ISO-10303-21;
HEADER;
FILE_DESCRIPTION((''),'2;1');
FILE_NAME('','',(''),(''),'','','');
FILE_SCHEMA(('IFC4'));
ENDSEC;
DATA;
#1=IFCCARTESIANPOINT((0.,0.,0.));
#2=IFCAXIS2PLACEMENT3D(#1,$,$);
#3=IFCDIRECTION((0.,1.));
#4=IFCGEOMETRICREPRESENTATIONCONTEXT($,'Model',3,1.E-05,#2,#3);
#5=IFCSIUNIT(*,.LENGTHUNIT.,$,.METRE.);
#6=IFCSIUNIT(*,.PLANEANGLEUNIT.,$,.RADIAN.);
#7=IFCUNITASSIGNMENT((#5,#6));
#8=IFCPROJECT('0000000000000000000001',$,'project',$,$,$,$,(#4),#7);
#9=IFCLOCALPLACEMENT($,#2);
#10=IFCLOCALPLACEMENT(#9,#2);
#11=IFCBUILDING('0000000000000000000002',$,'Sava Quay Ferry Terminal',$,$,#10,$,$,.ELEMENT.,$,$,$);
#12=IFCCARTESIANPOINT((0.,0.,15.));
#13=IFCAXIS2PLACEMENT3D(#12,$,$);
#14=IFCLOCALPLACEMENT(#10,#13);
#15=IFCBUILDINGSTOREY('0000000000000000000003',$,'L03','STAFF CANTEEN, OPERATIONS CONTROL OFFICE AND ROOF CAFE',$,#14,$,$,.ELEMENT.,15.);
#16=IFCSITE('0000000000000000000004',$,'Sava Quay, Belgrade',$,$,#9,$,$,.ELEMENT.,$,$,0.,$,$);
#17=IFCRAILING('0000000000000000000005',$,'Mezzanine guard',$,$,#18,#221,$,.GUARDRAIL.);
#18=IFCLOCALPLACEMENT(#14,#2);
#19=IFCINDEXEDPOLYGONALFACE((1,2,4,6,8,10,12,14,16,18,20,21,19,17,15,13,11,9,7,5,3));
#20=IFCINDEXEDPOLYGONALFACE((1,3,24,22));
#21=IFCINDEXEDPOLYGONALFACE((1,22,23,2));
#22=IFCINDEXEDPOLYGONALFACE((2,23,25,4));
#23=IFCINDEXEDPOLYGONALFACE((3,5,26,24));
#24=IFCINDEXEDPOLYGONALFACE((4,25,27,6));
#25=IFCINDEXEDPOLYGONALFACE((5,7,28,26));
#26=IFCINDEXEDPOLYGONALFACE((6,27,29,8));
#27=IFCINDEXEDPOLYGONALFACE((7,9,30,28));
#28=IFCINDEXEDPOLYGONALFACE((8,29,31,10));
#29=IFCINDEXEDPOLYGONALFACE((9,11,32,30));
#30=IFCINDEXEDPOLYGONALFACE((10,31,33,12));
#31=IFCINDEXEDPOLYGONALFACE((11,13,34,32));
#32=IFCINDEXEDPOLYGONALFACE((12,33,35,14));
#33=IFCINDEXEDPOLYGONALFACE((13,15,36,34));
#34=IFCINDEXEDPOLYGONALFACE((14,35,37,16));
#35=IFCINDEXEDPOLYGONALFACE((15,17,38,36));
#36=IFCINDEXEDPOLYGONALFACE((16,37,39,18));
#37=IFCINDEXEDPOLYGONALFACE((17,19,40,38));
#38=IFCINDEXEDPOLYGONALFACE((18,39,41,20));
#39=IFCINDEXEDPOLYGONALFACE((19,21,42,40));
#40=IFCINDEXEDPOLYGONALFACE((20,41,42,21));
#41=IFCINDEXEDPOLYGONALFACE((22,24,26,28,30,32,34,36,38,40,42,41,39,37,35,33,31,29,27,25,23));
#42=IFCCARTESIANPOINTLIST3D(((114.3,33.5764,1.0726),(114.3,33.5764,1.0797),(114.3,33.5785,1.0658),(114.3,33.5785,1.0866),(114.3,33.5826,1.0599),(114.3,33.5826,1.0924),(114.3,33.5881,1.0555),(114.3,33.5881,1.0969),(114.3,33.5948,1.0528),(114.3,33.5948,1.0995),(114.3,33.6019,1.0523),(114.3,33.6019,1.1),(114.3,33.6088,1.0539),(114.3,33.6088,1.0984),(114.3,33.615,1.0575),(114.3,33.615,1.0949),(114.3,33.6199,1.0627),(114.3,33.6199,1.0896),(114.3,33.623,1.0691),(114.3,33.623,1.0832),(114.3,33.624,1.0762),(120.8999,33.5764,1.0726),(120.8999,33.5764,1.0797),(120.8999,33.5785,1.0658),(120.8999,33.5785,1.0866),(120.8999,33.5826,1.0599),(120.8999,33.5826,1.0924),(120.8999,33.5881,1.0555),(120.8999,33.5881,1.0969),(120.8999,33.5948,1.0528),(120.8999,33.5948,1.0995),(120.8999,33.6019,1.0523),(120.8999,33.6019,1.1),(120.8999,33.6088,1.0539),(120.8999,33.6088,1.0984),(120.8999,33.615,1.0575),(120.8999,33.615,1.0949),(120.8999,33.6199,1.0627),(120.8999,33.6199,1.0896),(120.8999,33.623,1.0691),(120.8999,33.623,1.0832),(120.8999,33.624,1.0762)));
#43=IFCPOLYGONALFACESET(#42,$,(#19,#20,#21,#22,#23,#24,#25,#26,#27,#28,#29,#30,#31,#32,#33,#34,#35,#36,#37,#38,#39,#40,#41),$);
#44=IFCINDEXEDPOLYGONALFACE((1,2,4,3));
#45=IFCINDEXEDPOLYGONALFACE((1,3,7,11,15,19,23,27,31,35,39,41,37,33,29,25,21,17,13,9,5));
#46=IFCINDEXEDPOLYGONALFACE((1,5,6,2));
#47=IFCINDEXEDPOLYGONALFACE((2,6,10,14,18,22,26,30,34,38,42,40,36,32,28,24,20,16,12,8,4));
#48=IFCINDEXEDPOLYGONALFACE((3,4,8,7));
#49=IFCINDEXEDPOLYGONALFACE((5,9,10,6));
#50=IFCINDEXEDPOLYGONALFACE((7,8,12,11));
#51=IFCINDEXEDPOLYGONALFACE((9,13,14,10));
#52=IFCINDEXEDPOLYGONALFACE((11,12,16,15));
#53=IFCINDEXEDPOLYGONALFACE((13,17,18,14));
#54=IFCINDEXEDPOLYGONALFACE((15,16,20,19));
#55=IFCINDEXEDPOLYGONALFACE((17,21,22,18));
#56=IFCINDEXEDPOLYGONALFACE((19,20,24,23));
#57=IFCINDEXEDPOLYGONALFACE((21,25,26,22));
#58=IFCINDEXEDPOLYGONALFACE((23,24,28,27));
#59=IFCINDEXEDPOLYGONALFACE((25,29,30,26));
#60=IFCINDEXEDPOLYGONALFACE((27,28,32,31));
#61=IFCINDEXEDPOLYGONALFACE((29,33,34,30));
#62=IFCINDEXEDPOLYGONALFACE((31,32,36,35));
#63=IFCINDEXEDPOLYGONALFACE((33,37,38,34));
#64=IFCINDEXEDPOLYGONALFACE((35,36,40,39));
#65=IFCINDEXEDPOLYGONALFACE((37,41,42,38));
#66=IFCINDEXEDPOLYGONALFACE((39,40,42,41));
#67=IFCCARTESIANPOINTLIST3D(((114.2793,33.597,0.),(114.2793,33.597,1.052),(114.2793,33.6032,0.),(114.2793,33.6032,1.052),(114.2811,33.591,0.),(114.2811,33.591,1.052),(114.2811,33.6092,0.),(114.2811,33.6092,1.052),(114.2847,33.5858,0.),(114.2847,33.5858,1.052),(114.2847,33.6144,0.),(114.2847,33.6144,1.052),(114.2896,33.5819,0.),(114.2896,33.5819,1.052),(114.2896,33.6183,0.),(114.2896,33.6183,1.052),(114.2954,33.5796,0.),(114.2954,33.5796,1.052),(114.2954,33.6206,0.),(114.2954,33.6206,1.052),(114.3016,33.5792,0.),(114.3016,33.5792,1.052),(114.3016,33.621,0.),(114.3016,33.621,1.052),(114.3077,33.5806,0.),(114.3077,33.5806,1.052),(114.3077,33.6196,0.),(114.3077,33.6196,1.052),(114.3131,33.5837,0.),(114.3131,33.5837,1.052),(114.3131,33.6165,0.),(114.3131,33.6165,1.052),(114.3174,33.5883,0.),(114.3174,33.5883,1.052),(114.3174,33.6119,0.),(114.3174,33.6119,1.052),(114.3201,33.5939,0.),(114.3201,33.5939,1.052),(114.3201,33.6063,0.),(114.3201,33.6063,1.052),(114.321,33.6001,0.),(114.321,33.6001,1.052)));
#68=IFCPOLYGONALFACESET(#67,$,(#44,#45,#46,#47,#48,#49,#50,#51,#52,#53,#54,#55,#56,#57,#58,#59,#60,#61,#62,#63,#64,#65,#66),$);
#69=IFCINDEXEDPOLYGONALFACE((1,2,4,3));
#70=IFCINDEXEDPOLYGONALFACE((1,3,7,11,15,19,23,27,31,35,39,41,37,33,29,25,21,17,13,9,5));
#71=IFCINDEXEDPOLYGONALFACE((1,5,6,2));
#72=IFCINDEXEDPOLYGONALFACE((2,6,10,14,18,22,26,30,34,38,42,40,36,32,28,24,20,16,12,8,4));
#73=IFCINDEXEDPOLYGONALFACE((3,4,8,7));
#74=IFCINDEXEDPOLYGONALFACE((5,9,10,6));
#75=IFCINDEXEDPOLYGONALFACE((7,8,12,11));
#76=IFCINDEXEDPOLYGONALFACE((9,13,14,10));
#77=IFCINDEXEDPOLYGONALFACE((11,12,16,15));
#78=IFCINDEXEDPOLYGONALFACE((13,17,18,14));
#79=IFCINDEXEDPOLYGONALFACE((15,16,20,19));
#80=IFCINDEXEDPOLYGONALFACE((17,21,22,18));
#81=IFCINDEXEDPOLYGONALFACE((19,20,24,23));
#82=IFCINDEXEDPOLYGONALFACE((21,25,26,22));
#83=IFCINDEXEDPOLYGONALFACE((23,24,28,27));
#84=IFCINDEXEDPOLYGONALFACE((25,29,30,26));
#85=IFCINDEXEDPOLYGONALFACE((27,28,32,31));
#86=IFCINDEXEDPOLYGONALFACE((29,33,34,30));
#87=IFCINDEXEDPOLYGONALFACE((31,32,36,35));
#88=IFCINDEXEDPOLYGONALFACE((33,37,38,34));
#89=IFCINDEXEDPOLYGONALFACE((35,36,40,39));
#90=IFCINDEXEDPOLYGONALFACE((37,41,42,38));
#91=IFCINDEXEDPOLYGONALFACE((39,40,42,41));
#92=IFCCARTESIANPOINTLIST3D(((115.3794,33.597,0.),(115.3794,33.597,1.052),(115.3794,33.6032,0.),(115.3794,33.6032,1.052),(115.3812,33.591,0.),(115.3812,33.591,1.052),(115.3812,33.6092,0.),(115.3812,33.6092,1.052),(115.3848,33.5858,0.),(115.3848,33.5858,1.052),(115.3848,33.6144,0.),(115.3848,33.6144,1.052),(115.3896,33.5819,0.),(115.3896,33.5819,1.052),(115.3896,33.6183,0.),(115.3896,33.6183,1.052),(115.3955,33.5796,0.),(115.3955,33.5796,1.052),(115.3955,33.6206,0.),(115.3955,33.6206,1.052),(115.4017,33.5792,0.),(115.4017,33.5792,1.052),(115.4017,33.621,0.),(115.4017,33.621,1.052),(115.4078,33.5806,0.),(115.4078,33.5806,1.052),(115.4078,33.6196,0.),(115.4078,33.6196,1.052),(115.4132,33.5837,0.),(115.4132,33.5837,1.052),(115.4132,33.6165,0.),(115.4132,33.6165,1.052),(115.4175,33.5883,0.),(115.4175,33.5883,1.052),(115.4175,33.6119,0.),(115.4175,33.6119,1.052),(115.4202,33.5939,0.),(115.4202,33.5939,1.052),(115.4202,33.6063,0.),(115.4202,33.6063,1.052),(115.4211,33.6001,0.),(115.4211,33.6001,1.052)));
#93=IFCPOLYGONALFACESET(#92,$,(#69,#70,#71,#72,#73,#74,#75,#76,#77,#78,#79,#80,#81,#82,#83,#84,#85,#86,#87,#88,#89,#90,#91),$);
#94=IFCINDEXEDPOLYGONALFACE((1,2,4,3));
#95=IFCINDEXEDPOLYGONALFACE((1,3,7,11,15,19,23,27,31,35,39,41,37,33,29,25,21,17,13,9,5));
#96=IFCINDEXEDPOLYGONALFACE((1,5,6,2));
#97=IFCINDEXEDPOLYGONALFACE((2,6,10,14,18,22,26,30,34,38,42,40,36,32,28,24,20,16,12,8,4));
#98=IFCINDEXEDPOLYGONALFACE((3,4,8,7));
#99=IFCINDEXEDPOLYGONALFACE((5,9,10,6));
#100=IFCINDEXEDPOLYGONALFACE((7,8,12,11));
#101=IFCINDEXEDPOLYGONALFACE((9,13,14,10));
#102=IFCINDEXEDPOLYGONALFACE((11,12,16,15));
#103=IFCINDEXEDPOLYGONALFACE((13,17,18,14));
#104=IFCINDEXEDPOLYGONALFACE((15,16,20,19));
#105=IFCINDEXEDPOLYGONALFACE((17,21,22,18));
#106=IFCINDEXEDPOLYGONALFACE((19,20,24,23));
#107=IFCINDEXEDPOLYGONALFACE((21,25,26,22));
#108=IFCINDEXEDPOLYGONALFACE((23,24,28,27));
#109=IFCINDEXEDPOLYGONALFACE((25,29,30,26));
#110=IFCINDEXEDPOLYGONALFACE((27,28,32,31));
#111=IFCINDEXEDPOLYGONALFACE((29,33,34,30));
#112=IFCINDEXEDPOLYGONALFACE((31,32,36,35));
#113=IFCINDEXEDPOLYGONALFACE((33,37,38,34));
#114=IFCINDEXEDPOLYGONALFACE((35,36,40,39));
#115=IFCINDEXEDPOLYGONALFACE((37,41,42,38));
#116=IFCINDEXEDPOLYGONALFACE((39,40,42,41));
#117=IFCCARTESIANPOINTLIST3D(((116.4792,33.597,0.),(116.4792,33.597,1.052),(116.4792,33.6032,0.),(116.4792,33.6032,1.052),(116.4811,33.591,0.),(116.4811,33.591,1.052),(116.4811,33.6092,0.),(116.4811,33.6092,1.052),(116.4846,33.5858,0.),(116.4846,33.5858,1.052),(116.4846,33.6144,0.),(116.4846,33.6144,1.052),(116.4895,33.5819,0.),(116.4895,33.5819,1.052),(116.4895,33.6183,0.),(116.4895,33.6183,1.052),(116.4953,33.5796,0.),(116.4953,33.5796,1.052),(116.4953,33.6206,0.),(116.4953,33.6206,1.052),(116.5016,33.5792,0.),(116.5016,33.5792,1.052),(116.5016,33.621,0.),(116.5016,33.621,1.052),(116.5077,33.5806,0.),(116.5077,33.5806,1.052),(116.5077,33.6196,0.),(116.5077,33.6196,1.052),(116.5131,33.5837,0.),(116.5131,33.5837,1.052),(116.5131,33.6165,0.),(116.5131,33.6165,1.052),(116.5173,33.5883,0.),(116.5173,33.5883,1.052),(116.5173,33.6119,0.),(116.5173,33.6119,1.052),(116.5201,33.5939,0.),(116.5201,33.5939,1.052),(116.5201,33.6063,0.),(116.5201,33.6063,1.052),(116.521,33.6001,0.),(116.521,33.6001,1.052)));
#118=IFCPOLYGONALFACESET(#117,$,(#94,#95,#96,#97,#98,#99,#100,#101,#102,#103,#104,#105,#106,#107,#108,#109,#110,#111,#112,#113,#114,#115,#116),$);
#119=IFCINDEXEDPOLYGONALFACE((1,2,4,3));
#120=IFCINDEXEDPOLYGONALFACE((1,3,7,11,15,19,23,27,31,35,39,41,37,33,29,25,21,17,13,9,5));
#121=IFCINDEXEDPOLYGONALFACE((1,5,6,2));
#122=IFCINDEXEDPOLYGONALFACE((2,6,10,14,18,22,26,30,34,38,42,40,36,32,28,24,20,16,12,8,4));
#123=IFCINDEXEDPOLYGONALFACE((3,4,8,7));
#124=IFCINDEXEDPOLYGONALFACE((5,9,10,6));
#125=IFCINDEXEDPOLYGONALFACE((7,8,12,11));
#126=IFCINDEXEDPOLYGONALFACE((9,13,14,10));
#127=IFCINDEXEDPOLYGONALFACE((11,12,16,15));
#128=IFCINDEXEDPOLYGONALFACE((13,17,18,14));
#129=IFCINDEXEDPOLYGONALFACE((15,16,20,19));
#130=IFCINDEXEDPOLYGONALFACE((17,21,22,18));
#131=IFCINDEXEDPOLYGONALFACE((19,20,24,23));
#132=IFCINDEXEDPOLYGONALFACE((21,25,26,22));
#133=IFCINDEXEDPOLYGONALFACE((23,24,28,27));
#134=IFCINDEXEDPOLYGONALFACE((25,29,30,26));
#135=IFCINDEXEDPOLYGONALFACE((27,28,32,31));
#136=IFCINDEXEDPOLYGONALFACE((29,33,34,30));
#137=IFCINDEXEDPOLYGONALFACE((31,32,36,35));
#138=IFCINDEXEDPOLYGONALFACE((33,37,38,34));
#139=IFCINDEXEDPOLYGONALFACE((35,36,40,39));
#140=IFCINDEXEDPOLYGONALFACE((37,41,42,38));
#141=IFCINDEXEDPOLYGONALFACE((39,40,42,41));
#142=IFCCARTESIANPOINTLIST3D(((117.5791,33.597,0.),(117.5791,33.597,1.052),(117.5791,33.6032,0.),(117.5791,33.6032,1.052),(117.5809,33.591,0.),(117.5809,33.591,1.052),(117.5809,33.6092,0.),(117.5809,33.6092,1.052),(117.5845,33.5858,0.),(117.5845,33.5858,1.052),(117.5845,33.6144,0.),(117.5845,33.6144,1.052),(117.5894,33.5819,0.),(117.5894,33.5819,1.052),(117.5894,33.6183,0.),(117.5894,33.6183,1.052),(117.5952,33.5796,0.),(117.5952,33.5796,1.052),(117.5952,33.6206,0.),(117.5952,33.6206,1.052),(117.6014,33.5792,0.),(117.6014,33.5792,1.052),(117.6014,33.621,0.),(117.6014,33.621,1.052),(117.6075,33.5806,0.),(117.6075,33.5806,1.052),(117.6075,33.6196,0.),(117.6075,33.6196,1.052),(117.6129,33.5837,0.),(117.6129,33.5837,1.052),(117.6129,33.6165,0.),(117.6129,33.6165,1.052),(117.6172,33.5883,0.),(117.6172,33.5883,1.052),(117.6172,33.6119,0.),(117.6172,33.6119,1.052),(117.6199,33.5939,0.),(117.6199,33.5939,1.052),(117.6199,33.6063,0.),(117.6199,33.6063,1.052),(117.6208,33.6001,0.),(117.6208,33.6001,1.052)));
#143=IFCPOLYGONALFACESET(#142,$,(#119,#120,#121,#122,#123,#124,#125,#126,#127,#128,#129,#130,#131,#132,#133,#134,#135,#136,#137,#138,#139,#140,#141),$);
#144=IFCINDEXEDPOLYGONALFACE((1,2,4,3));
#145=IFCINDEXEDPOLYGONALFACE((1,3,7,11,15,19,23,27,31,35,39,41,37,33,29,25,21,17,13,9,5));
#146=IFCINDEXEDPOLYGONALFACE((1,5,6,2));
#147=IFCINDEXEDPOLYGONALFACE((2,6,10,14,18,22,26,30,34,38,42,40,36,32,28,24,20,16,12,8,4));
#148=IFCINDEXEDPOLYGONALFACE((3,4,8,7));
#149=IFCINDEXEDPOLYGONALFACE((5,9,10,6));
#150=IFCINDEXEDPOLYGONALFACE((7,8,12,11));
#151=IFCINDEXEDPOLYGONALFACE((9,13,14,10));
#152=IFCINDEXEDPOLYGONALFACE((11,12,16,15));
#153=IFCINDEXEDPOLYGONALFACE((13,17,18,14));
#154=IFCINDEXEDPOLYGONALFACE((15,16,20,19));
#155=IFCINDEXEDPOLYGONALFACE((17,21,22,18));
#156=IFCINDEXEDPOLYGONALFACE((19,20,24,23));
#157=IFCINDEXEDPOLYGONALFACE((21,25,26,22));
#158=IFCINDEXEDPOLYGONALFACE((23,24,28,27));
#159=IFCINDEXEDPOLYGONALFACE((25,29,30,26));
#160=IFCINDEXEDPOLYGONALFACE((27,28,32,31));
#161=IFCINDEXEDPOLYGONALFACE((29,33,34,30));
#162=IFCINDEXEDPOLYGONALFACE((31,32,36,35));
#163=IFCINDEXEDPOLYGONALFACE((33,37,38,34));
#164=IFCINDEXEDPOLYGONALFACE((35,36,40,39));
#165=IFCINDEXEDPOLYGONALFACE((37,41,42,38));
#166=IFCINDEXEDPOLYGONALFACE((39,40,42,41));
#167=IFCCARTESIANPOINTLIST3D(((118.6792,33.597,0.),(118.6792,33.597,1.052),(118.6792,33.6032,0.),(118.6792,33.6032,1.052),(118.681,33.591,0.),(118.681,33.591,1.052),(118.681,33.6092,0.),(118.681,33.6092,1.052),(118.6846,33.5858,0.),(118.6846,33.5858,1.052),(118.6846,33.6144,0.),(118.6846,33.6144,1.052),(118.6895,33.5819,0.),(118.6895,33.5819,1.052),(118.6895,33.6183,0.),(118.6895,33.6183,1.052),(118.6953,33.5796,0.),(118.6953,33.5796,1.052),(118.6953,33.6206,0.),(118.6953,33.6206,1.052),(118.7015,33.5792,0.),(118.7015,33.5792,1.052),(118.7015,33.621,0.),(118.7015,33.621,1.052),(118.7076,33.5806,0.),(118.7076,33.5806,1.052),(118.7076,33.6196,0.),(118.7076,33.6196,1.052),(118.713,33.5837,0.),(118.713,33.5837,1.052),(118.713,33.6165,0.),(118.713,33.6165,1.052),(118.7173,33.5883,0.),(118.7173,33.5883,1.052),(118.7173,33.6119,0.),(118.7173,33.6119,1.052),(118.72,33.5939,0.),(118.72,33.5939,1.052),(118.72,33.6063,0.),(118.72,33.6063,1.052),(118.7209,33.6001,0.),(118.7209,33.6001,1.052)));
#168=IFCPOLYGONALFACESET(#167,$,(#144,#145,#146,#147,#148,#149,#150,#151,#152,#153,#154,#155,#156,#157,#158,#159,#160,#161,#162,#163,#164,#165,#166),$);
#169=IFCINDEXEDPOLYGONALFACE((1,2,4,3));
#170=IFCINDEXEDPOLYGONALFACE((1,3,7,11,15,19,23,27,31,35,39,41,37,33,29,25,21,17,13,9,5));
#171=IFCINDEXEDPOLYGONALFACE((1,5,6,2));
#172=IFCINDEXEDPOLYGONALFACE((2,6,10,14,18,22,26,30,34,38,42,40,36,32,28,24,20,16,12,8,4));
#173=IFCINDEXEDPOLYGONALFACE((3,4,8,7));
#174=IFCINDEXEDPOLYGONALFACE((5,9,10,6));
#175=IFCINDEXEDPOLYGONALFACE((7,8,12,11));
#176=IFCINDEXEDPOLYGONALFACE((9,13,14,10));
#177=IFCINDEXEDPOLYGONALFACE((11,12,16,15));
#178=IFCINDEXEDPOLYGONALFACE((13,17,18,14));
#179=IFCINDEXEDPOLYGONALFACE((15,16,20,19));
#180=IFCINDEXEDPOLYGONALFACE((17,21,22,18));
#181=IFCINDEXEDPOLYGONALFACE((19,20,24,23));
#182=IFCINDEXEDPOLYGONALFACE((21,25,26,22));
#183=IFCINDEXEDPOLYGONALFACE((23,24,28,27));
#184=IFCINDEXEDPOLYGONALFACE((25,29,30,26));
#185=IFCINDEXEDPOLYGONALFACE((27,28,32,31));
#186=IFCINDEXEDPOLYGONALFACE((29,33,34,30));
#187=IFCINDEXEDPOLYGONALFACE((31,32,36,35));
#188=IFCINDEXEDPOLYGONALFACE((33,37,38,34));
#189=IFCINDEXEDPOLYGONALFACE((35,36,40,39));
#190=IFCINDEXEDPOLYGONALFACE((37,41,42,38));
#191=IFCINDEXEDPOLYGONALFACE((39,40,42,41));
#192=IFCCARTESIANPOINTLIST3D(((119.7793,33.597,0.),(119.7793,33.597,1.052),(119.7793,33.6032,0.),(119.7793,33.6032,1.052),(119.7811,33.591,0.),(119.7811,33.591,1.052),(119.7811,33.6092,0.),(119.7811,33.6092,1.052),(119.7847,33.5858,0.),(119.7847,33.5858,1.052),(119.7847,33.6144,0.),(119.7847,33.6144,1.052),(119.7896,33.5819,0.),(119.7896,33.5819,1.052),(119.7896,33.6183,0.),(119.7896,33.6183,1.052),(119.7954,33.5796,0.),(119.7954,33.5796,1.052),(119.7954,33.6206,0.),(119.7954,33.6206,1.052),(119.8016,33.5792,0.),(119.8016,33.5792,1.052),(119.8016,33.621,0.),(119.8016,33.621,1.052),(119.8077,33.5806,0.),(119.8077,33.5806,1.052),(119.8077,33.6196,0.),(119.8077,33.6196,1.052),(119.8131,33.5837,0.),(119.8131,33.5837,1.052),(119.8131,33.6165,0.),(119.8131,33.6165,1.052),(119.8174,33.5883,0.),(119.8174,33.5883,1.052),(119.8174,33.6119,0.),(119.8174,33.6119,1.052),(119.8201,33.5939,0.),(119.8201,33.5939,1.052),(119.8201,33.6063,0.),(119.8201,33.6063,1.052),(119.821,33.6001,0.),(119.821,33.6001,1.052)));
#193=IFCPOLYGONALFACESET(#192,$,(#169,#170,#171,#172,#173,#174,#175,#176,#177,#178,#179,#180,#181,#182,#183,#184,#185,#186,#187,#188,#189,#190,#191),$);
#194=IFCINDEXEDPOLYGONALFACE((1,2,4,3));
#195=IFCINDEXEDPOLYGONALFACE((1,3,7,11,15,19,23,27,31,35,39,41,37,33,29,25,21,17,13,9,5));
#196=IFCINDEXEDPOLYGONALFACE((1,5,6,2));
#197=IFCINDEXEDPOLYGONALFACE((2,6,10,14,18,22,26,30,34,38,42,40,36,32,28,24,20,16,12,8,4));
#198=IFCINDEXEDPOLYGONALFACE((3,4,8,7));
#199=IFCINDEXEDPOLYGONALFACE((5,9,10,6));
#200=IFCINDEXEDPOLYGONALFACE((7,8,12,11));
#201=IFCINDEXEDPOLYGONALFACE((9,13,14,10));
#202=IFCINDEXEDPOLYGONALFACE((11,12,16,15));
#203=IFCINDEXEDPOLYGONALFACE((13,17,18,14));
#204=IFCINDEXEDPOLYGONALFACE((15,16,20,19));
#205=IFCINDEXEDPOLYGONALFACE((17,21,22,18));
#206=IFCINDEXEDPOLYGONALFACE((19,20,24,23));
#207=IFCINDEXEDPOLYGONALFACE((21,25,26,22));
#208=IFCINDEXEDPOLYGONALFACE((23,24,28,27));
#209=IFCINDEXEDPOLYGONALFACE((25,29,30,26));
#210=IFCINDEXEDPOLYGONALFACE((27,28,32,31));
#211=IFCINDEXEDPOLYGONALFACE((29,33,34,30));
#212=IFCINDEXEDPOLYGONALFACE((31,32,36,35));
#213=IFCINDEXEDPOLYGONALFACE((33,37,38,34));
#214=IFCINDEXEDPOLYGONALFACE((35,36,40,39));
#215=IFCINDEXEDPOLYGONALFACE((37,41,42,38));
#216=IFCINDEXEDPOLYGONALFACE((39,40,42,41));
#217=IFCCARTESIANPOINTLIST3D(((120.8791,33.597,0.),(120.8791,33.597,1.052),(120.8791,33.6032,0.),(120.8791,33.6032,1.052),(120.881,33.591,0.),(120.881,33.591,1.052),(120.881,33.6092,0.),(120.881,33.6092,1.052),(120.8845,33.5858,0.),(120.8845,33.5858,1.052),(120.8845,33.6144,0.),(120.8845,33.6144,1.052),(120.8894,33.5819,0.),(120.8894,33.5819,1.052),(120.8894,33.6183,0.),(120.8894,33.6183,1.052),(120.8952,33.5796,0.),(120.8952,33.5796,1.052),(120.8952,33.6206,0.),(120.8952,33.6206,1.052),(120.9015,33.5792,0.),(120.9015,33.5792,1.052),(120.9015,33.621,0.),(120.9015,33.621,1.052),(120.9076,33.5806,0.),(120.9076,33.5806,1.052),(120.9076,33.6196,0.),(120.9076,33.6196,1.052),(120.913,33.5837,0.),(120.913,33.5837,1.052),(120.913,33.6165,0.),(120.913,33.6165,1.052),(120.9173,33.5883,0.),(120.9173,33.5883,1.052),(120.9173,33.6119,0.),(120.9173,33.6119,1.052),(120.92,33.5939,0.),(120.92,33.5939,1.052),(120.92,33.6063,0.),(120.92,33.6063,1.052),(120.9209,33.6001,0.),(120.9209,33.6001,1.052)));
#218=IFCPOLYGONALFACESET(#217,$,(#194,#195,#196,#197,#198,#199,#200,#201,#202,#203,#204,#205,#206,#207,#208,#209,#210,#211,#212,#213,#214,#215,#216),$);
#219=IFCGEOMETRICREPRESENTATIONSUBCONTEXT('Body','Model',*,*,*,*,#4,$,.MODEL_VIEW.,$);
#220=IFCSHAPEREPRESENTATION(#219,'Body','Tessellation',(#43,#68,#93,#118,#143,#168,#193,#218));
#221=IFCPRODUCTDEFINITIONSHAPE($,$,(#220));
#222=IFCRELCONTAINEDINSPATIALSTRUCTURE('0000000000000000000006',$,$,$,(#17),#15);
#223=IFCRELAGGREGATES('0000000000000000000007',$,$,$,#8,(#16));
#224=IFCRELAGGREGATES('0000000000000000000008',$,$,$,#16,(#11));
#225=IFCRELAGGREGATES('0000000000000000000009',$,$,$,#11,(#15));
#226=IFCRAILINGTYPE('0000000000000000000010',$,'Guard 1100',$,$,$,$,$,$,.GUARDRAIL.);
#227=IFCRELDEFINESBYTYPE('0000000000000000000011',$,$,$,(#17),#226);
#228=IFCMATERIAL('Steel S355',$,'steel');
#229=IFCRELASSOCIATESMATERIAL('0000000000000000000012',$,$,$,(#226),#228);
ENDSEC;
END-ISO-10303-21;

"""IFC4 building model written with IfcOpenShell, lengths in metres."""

from ifc_helpers import new_model, si_unit, direction, frame, origin, origin_2d, place, context, subcontext, project, spatial, circle, extrude, material, type_object, element, save


model = new_model("IFC4")

# Units and contexts
model_context = context("Model", 3, precision=1e-05, world=origin(), true_north=direction((0.0, 1.0)))
body_context = subcontext(model_context, "Body", "Model", "MODEL_VIEW")
ifc_project = project(units=[si_unit("LENGTHUNIT", "METRE"), si_unit("PLANEANGLEUNIT", "RADIAN")], contexts=[model_context])

# Site, building, storey
site_placement = place(None, origin())
site = spatial("IfcSite", under=ifc_project, at=site_placement, Name="Sava Quay, Belgrade", CompositionType="ELEMENT", RefElevation=0.0)
building_placement = place(site_placement, origin())
building = spatial("IfcBuilding", under=site, at=building_placement, Name="Sava Quay Ferry Terminal", CompositionType="ELEMENT")
storey_placement = place(building_placement, frame((0.0, 0.0, 15.0)))
storey = spatial("IfcBuildingStorey", under=building, at=storey_placement, Name="L03", Description="STAFF CANTEEN, OPERATIONS CONTROL OFFICE AND ROOF CAFE", CompositionType="ELEMENT", Elevation=15.0)

# Railing
ifc_material_1 = material(Name="Steel S355", Category="steel")
railing_type = type_object("IfcRailingType", Name="Guard 1100", PredefinedType="GUARDRAIL", material=ifc_material_1)
railing_placement = place(storey_placement, frame((114.3, 33.6001, 0.0)))
element("IfcRailing", 1, at=railing_placement, inside=storey, type_object=railing_type, Name="Mezzanine guard", PredefinedType="GUARDRAIL", context=body_context, shape_type="SweptSolid", body=[
    extrude(circle(Radius=0.0239, at=origin_2d()), frame((0.0, 0.0, 1.0762), z_axis=(1.0, 0.0, 0.0), x_axis=(0.0, 1.0, 0.0)), (0.0, 0.0, 1.0), 6.5999),
    extrude(circle(Radius=0.021, at=origin_2d()), origin(), (0.0, 0.0, 1.0), 1.052),
    extrude(circle(Radius=0.021, at=origin_2d()), frame((1.1001, 0.0, 0.0)), (0.0, 0.0, 1.0), 1.052),
    extrude(circle(Radius=0.021, at=origin_2d()), frame((2.2, 0.0, 0.0)), (0.0, 0.0, 1.0), 1.052),
    extrude(circle(Radius=0.021, at=origin_2d()), frame((3.2998, 0.0, 0.0)), (0.0, 0.0, 1.0), 1.052),
    extrude(circle(Radius=0.021, at=origin_2d()), frame((4.3999, 0.0, 0.0)), (0.0, 0.0, 1.0), 1.052),
    extrude(circle(Radius=0.021, at=origin_2d()), frame((5.5, 0.0, 0.0)), (0.0, 0.0, 1.0), 1.052),
    extrude(circle(Radius=0.021, at=origin_2d()), frame((6.5999, 0.0, 0.0)), (0.0, 0.0, 1.0), 1.052),
])

save(model, "model.ifc")
